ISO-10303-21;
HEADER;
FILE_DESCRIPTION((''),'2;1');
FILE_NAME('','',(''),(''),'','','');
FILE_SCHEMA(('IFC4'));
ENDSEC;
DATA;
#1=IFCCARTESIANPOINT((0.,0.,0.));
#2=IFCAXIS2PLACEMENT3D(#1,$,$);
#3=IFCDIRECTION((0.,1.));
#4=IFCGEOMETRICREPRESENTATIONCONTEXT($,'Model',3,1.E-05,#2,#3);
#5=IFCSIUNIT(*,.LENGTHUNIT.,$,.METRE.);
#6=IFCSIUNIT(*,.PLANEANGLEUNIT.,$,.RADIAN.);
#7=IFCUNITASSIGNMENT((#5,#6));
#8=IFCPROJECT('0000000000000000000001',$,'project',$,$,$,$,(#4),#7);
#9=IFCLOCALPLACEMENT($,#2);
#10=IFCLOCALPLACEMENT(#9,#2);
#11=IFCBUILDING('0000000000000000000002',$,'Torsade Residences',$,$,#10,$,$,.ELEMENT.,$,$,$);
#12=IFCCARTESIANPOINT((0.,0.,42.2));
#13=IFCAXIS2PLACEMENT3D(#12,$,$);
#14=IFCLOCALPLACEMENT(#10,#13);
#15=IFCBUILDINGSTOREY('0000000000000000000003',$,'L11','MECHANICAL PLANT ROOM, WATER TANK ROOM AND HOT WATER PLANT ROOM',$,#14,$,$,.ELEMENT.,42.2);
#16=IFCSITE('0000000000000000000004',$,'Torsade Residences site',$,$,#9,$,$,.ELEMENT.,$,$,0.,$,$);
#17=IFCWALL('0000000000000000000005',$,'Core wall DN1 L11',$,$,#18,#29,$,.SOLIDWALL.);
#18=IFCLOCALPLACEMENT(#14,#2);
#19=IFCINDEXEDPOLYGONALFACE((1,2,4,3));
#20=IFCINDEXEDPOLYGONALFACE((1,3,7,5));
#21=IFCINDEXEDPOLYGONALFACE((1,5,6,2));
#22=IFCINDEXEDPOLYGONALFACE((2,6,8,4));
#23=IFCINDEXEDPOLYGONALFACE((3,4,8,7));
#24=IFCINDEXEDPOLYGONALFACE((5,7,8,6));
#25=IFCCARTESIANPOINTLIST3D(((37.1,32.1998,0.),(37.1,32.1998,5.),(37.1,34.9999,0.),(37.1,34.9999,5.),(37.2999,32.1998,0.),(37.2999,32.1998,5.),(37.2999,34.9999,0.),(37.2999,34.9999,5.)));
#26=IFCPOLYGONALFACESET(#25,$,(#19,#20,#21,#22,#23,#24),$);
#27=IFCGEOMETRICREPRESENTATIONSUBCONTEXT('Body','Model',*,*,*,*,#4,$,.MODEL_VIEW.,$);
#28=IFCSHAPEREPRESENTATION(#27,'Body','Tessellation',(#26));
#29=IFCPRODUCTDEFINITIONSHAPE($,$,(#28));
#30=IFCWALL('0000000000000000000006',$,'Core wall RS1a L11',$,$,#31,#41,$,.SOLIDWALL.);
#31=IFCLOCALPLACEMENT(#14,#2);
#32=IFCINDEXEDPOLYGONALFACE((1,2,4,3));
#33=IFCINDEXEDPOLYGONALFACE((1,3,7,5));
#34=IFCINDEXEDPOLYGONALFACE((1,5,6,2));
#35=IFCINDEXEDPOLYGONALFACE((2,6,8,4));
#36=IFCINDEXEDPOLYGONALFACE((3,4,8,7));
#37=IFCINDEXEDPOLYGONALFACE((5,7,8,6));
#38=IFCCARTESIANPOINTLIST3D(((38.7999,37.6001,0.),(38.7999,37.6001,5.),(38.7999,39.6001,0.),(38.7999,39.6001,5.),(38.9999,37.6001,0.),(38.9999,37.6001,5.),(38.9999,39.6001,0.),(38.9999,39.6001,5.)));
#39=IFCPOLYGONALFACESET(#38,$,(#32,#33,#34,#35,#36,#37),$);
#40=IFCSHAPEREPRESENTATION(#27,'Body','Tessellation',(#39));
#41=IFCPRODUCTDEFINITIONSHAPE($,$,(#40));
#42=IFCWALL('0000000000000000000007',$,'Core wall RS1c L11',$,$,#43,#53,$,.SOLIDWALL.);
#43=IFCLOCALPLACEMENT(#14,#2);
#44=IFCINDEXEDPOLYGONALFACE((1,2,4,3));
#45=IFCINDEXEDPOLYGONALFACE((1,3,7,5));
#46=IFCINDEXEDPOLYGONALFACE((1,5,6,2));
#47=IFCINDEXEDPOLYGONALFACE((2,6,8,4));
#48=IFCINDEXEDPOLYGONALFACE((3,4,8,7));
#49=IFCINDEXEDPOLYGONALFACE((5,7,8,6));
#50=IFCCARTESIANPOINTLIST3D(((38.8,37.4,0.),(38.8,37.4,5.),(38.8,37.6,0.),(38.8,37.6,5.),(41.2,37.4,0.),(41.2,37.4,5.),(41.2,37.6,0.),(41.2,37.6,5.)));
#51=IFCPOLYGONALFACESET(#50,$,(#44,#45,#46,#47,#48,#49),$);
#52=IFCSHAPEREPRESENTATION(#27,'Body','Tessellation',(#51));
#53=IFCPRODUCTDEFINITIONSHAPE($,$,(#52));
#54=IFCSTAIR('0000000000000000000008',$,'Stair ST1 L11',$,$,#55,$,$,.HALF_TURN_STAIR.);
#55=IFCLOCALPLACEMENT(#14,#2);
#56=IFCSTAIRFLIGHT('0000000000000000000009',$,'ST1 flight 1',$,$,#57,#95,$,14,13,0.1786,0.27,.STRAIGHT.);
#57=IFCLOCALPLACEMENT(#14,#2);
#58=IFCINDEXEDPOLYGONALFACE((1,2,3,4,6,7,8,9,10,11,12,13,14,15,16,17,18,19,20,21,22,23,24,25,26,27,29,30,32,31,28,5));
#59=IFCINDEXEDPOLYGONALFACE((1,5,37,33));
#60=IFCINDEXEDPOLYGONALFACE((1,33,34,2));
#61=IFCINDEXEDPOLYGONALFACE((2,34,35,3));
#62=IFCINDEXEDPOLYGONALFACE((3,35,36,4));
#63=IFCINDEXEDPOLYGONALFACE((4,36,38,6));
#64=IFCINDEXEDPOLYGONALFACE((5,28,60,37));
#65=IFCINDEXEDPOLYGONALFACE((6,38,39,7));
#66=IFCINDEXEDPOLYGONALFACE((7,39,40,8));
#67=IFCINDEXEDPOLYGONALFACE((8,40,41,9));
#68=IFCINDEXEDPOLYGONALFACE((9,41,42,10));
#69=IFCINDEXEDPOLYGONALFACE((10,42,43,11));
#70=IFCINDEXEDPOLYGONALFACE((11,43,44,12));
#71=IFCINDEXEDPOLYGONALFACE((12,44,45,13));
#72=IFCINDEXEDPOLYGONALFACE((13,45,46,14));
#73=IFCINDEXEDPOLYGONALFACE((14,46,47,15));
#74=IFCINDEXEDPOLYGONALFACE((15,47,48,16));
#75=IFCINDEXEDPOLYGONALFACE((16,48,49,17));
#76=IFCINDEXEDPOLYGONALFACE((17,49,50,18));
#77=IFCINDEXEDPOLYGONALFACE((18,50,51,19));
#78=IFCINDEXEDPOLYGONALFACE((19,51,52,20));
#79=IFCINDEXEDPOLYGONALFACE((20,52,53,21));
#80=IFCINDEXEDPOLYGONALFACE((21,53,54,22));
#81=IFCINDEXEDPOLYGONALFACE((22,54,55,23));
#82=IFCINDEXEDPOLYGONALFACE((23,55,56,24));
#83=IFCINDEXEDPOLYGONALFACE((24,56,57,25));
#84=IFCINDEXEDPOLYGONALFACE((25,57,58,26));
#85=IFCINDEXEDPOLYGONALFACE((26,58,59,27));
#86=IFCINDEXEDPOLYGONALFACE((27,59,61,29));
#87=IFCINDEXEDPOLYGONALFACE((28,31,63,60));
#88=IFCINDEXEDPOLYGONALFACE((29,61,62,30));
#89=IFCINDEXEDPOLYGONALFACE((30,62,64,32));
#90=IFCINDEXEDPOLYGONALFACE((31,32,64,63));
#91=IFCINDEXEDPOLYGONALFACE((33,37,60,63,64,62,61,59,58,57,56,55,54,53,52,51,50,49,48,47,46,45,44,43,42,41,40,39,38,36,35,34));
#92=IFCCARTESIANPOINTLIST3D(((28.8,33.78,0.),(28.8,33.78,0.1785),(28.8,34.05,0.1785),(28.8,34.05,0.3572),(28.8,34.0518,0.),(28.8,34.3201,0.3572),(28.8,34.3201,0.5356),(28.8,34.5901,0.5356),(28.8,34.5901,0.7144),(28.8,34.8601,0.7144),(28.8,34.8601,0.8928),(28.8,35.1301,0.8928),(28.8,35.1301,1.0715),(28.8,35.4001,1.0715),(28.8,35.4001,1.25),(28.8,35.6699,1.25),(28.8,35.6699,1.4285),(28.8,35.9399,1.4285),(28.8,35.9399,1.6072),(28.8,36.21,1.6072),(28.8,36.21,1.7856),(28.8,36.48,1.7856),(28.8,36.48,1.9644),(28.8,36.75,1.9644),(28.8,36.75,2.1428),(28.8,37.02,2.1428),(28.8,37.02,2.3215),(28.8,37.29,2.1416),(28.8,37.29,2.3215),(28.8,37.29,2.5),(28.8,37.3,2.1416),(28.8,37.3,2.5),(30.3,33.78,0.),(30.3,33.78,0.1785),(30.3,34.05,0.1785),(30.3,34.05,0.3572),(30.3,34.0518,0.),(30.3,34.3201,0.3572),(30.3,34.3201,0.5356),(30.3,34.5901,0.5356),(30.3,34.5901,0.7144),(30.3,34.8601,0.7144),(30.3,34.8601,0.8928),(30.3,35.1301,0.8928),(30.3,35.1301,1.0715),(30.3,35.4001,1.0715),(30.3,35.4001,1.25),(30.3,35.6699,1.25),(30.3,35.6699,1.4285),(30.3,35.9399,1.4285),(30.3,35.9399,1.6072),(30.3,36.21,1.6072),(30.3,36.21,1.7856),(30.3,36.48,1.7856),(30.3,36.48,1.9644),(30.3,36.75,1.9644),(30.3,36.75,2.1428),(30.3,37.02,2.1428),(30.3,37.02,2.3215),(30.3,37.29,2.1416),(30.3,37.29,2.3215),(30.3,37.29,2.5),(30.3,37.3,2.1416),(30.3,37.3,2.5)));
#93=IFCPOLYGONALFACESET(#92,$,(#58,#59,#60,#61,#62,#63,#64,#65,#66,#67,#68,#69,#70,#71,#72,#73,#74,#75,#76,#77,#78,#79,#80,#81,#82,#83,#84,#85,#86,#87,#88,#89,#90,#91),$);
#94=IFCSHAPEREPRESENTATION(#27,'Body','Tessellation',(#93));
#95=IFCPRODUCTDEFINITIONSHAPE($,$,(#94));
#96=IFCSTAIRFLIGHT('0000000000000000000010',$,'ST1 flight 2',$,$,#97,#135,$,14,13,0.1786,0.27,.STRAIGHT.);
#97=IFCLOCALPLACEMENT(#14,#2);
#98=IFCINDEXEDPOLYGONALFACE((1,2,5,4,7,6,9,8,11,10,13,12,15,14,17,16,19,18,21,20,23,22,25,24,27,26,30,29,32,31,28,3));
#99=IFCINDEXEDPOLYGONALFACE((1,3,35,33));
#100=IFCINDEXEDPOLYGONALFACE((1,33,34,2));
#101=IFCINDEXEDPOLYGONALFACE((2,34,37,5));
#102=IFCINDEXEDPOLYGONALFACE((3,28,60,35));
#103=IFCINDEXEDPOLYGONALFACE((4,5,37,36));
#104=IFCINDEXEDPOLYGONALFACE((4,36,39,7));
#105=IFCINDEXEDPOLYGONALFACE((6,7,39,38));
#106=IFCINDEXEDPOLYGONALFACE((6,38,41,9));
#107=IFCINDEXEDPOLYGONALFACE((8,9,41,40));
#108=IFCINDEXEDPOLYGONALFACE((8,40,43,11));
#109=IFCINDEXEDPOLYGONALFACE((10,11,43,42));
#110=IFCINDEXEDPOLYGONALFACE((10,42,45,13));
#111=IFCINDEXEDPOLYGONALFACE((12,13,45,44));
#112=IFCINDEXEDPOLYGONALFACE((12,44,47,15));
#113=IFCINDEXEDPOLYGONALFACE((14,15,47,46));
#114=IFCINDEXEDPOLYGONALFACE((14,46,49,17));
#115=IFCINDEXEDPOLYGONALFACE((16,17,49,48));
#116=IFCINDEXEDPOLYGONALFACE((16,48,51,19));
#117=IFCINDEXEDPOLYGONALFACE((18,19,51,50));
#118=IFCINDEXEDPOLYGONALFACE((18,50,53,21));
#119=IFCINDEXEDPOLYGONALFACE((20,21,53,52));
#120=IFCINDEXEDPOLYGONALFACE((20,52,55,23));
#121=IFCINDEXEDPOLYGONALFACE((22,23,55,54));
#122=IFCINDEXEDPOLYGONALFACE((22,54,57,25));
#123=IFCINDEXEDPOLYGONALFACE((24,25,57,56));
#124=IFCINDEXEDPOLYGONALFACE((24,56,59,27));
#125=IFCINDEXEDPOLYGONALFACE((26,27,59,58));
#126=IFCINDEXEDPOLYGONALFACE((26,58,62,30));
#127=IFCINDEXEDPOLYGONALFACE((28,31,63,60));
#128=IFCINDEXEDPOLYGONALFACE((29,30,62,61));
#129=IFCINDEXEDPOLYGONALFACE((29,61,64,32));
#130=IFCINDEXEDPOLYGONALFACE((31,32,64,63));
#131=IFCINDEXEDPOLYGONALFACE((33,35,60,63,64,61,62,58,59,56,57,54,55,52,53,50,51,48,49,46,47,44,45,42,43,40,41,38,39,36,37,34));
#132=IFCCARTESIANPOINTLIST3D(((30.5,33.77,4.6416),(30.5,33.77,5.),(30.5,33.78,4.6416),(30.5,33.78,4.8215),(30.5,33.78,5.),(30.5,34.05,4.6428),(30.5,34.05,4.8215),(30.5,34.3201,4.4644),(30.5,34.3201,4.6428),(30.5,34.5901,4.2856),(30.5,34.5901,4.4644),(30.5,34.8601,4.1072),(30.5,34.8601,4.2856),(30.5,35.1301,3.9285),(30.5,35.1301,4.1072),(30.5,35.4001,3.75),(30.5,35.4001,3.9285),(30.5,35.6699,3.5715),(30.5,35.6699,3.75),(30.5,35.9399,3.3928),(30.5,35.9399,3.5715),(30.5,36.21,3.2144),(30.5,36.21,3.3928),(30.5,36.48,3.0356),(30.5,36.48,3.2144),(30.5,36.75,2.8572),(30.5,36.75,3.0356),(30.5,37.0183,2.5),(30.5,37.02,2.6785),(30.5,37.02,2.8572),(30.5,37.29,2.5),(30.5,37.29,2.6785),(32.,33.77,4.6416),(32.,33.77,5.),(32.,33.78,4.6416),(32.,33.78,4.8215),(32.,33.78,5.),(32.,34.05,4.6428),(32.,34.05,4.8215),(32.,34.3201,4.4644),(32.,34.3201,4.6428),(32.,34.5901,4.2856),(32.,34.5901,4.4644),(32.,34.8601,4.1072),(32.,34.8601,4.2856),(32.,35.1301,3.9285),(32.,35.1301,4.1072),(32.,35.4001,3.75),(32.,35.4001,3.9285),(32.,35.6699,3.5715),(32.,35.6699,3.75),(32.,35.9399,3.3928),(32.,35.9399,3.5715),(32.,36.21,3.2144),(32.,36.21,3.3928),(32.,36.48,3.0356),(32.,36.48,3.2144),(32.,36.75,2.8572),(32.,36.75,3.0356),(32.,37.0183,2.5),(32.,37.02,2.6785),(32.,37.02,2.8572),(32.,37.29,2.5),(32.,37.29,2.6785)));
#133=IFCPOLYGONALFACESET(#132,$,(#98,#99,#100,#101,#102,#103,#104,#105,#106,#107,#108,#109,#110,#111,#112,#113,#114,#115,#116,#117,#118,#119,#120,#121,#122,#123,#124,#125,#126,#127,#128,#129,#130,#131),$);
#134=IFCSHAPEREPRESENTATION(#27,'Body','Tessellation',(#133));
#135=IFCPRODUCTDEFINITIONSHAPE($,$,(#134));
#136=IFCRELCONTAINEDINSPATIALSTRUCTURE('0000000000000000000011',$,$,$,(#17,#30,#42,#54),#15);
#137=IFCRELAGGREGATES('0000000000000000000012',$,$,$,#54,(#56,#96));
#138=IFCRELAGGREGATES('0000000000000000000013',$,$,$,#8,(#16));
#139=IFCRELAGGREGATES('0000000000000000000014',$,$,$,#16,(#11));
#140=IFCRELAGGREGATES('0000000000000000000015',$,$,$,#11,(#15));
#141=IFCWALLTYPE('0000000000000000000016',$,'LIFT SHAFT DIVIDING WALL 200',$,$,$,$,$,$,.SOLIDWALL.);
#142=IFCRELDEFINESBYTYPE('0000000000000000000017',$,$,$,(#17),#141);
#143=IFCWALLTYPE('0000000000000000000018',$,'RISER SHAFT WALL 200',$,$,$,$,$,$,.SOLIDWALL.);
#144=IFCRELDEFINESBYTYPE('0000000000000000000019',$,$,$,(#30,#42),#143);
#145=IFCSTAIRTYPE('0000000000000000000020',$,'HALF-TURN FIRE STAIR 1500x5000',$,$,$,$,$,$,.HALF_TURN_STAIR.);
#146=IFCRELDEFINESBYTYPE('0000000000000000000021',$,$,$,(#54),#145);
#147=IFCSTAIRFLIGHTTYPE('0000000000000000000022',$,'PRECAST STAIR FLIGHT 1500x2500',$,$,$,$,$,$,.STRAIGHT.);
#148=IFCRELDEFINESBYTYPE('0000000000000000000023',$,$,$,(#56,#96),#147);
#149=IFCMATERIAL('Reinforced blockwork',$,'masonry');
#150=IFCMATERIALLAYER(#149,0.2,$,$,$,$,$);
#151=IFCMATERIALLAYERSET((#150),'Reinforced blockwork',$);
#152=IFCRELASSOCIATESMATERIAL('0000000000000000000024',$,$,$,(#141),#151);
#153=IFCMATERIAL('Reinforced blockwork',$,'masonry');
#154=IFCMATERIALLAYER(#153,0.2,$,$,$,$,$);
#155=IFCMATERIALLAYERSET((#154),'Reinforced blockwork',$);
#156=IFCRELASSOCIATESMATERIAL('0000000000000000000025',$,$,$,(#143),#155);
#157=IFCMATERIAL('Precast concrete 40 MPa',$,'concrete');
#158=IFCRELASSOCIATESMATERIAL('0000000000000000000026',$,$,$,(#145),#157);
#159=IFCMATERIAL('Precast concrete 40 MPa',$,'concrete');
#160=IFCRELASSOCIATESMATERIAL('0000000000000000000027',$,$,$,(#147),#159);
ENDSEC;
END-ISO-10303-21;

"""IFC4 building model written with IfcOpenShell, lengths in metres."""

from ifc_helpers import new_model, si_unit, direction, frame, frame_2d, origin, place, context, subcontext, project, spatial, polyline, rectangle, outline, extrude, material, layer, layer_set, type_object, element, aggregate, save


model = new_model("IFC4")

# Units and contexts
model_context = context("Model", 3, precision=1e-05, world=origin(), true_north=direction((0.0, 1.0)))
body_context = subcontext(model_context, "Body", "Model", "MODEL_VIEW")
ifc_project = project(units=[si_unit("LENGTHUNIT", "METRE"), si_unit("PLANEANGLEUNIT", "RADIAN")], contexts=[model_context])

# Site, building, storey
site_placement = place(None, origin())
site = spatial("IfcSite", under=ifc_project, at=site_placement, Name="Torsade Residences site", CompositionType="ELEMENT", RefElevation=0.0)
building_placement = place(site_placement, origin())
building = spatial("IfcBuilding", under=site, at=building_placement, Name="Torsade Residences", CompositionType="ELEMENT")
storey_placement = place(building_placement, frame((0.0, 0.0, 42.2)))
storey = spatial("IfcBuildingStorey", under=building, at=storey_placement, Name="L11", Description="MECHANICAL PLANT ROOM, WATER TANK ROOM AND HOT WATER PLANT ROOM", CompositionType="ELEMENT", Elevation=42.2)

# Walls
ifc_material_1 = material(Name="Reinforced blockwork", Category="masonry")
ifc_layer_1 = layer(ifc_material_1, 0.2)
ifc_layer_set_1 = layer_set([ifc_layer_1], Name="Reinforced blockwork")
wall_type_1 = type_object("IfcWallType", Name="LIFT SHAFT DIVIDING WALL 200", PredefinedType="SOLIDWALL", material=ifc_layer_set_1)
wall_1_placement = place(storey_placement, frame((37.2, 32.2, 0.0), z_axis=(0.0, 0.0, 1.0), x_axis=(0.0, 1.0, 0.0)))
element("IfcWall", 1, at=wall_1_placement, inside=storey, type_object=wall_type_1, Name="Core wall DN1 L11", PredefinedType="SOLIDWALL", context=body_context, shape_type="SweptSolid", body=[
    extrude(rectangle(XDim=2.8, YDim=0.2, at=frame_2d((1.3999, 0.0))), origin(), (0.0, 0.0, 1.0), 5.0),
])
ifc_material_2 = material(Name="Reinforced blockwork", Category="masonry")
ifc_layer_2 = layer(ifc_material_2, 0.2)
ifc_layer_set_2 = layer_set([ifc_layer_2], Name="Reinforced blockwork")
wall_type_2 = type_object("IfcWallType", Name="RISER SHAFT WALL 200", PredefinedType="SOLIDWALL", material=ifc_layer_set_2)
wall_2_placement = place(storey_placement, frame((38.8999, 37.6001, 0.0), z_axis=(0.0, 0.0, 1.0), x_axis=(0.0, 1.0, 0.0)))
element("IfcWall", 2, at=wall_2_placement, inside=storey, type_object=wall_type_2, Name="Core wall RS1a L11", PredefinedType="SOLIDWALL", context=body_context, shape_type="SweptSolid", body=[
    extrude(rectangle(XDim=2.0, YDim=0.2, at=frame_2d((1.0, 0.0))), origin(), (0.0, 0.0, 1.0), 5.0),
])
wall_3_placement = place(storey_placement, frame((38.8, 37.5, 0.0), z_axis=(0.0, 0.0, 1.0), x_axis=(1.0, 0.0, 0.0)))
element("IfcWall", 3, at=wall_3_placement, inside=storey, type_object=wall_type_2, Name="Core wall RS1c L11", PredefinedType="SOLIDWALL", context=body_context, shape_type="SweptSolid", body=[
    extrude(rectangle(XDim=2.3999, YDim=0.2, at=frame_2d((1.2, 0.0))), origin(), (0.0, 0.0, 1.0), 5.0),
])

# Stair, stair flights
ifc_material_3 = material(Name="Precast concrete 40 MPa", Category="concrete")
stair_type = type_object("IfcStairType", Name="HALF-TURN FIRE STAIR 1500x5000", PredefinedType="HALF_TURN_STAIR", material=ifc_material_3)
stair_placement = place(storey_placement, origin())
stair = element("IfcStair", 4, at=stair_placement, inside=storey, type_object=stair_type, Name="Stair ST1 L11", PredefinedType="HALF_TURN_STAIR")
ifc_material_4 = material(Name="Precast concrete 40 MPa", Category="concrete")
stair_flight_type = type_object("IfcStairFlightType", Name="PRECAST STAIR FLIGHT 1500x2500", PredefinedType="STRAIGHT", material=ifc_material_4)
stair_flight_1_placement = place(storey_placement, frame((29.55, 33.78, 0.0), z_axis=(0.0, 0.0, 1.0), x_axis=(0.0, 1.0, 0.0)))
stair_flight_1 = element("IfcStairFlight", 5, at=stair_flight_1_placement, type_object=stair_flight_type, Name="ST1 flight 1", NumberOfRisers=14, NumberOfTreads=13, PredefinedType="STRAIGHT", RiserHeight=0.1786, TreadLength=0.27, context=body_context, shape_type="SweptSolid", body=[
    extrude(outline(polyline([(0.0, 0.0), (0.0, 0.1785), (0.27, 0.1785), (0.27, 0.3572), (0.54, 0.3572), (0.54, 0.5356), (0.8101, 0.5356), (0.8101, 0.7144), (1.0801, 0.7144), (1.0801, 0.8928), (1.3501, 0.8928), (1.3501, 1.0715), (1.6201, 1.0715), (1.6201, 1.25), (1.8899, 1.25), (1.8899, 1.4285), (2.1599, 1.4285), (2.1599, 1.6072), (2.4299, 1.6072), (2.4299, 1.7856), (2.7, 1.7856), (2.7, 1.9644), (2.97, 1.9644), (2.97, 2.1428), (3.24, 2.1428), (3.24, 2.3215), (3.51, 2.3215), (3.51, 2.5), (3.52, 2.5), (3.52, 2.1416), (3.51, 2.1416), (0.2717, 0.0), (0.0, 0.0)])), frame((0.0, 0.75, 0.0), z_axis=(0.0, -1.0, 0.0), x_axis=(1.0, 0.0, 0.0)), (0.0, 0.0, 1.0), 1.5),
])
stair_flight_2_placement = place(storey_placement, frame((31.25, 37.29, 2.5), z_axis=(0.0, 0.0, 1.0), x_axis=(0.0, -1.0, 0.0)))
stair_flight_2 = element("IfcStairFlight", 6, at=stair_flight_2_placement, type_object=stair_flight_type, Name="ST1 flight 2", NumberOfRisers=14, NumberOfTreads=13, PredefinedType="STRAIGHT", RiserHeight=0.1786, TreadLength=0.27, context=body_context, shape_type="SweptSolid", body=[
    extrude(outline(polyline([(0.0, 0.0), (0.0, 0.1785), (0.27, 0.1785), (0.27, 0.3572), (0.54, 0.3572), (0.54, 0.5356), (0.8101, 0.5356), (0.8101, 0.7144), (1.0801, 0.7144), (1.0801, 0.8928), (1.3501, 0.8928), (1.3501, 1.0715), (1.6201, 1.0715), (1.6201, 1.25), (1.8899, 1.25), (1.8899, 1.4285), (2.1599, 1.4285), (2.1599, 1.6072), (2.4299, 1.6072), (2.4299, 1.7856), (2.7, 1.7856), (2.7, 1.9644), (2.97, 1.9644), (2.97, 2.1428), (3.24, 2.1428), (3.24, 2.3215), (3.51, 2.3215), (3.51, 2.5), (3.52, 2.5), (3.52, 2.1416), (3.51, 2.1416), (0.2717, 0.0), (0.0, 0.0)])), frame((0.0, 0.75, 0.0), z_axis=(0.0, -1.0, 0.0), x_axis=(1.0, 0.0, 0.0)), (0.0, 0.0, 1.0), 1.5),
])
aggregate(stair, [stair_flight_1, stair_flight_2])

save(model, "model.ifc")
